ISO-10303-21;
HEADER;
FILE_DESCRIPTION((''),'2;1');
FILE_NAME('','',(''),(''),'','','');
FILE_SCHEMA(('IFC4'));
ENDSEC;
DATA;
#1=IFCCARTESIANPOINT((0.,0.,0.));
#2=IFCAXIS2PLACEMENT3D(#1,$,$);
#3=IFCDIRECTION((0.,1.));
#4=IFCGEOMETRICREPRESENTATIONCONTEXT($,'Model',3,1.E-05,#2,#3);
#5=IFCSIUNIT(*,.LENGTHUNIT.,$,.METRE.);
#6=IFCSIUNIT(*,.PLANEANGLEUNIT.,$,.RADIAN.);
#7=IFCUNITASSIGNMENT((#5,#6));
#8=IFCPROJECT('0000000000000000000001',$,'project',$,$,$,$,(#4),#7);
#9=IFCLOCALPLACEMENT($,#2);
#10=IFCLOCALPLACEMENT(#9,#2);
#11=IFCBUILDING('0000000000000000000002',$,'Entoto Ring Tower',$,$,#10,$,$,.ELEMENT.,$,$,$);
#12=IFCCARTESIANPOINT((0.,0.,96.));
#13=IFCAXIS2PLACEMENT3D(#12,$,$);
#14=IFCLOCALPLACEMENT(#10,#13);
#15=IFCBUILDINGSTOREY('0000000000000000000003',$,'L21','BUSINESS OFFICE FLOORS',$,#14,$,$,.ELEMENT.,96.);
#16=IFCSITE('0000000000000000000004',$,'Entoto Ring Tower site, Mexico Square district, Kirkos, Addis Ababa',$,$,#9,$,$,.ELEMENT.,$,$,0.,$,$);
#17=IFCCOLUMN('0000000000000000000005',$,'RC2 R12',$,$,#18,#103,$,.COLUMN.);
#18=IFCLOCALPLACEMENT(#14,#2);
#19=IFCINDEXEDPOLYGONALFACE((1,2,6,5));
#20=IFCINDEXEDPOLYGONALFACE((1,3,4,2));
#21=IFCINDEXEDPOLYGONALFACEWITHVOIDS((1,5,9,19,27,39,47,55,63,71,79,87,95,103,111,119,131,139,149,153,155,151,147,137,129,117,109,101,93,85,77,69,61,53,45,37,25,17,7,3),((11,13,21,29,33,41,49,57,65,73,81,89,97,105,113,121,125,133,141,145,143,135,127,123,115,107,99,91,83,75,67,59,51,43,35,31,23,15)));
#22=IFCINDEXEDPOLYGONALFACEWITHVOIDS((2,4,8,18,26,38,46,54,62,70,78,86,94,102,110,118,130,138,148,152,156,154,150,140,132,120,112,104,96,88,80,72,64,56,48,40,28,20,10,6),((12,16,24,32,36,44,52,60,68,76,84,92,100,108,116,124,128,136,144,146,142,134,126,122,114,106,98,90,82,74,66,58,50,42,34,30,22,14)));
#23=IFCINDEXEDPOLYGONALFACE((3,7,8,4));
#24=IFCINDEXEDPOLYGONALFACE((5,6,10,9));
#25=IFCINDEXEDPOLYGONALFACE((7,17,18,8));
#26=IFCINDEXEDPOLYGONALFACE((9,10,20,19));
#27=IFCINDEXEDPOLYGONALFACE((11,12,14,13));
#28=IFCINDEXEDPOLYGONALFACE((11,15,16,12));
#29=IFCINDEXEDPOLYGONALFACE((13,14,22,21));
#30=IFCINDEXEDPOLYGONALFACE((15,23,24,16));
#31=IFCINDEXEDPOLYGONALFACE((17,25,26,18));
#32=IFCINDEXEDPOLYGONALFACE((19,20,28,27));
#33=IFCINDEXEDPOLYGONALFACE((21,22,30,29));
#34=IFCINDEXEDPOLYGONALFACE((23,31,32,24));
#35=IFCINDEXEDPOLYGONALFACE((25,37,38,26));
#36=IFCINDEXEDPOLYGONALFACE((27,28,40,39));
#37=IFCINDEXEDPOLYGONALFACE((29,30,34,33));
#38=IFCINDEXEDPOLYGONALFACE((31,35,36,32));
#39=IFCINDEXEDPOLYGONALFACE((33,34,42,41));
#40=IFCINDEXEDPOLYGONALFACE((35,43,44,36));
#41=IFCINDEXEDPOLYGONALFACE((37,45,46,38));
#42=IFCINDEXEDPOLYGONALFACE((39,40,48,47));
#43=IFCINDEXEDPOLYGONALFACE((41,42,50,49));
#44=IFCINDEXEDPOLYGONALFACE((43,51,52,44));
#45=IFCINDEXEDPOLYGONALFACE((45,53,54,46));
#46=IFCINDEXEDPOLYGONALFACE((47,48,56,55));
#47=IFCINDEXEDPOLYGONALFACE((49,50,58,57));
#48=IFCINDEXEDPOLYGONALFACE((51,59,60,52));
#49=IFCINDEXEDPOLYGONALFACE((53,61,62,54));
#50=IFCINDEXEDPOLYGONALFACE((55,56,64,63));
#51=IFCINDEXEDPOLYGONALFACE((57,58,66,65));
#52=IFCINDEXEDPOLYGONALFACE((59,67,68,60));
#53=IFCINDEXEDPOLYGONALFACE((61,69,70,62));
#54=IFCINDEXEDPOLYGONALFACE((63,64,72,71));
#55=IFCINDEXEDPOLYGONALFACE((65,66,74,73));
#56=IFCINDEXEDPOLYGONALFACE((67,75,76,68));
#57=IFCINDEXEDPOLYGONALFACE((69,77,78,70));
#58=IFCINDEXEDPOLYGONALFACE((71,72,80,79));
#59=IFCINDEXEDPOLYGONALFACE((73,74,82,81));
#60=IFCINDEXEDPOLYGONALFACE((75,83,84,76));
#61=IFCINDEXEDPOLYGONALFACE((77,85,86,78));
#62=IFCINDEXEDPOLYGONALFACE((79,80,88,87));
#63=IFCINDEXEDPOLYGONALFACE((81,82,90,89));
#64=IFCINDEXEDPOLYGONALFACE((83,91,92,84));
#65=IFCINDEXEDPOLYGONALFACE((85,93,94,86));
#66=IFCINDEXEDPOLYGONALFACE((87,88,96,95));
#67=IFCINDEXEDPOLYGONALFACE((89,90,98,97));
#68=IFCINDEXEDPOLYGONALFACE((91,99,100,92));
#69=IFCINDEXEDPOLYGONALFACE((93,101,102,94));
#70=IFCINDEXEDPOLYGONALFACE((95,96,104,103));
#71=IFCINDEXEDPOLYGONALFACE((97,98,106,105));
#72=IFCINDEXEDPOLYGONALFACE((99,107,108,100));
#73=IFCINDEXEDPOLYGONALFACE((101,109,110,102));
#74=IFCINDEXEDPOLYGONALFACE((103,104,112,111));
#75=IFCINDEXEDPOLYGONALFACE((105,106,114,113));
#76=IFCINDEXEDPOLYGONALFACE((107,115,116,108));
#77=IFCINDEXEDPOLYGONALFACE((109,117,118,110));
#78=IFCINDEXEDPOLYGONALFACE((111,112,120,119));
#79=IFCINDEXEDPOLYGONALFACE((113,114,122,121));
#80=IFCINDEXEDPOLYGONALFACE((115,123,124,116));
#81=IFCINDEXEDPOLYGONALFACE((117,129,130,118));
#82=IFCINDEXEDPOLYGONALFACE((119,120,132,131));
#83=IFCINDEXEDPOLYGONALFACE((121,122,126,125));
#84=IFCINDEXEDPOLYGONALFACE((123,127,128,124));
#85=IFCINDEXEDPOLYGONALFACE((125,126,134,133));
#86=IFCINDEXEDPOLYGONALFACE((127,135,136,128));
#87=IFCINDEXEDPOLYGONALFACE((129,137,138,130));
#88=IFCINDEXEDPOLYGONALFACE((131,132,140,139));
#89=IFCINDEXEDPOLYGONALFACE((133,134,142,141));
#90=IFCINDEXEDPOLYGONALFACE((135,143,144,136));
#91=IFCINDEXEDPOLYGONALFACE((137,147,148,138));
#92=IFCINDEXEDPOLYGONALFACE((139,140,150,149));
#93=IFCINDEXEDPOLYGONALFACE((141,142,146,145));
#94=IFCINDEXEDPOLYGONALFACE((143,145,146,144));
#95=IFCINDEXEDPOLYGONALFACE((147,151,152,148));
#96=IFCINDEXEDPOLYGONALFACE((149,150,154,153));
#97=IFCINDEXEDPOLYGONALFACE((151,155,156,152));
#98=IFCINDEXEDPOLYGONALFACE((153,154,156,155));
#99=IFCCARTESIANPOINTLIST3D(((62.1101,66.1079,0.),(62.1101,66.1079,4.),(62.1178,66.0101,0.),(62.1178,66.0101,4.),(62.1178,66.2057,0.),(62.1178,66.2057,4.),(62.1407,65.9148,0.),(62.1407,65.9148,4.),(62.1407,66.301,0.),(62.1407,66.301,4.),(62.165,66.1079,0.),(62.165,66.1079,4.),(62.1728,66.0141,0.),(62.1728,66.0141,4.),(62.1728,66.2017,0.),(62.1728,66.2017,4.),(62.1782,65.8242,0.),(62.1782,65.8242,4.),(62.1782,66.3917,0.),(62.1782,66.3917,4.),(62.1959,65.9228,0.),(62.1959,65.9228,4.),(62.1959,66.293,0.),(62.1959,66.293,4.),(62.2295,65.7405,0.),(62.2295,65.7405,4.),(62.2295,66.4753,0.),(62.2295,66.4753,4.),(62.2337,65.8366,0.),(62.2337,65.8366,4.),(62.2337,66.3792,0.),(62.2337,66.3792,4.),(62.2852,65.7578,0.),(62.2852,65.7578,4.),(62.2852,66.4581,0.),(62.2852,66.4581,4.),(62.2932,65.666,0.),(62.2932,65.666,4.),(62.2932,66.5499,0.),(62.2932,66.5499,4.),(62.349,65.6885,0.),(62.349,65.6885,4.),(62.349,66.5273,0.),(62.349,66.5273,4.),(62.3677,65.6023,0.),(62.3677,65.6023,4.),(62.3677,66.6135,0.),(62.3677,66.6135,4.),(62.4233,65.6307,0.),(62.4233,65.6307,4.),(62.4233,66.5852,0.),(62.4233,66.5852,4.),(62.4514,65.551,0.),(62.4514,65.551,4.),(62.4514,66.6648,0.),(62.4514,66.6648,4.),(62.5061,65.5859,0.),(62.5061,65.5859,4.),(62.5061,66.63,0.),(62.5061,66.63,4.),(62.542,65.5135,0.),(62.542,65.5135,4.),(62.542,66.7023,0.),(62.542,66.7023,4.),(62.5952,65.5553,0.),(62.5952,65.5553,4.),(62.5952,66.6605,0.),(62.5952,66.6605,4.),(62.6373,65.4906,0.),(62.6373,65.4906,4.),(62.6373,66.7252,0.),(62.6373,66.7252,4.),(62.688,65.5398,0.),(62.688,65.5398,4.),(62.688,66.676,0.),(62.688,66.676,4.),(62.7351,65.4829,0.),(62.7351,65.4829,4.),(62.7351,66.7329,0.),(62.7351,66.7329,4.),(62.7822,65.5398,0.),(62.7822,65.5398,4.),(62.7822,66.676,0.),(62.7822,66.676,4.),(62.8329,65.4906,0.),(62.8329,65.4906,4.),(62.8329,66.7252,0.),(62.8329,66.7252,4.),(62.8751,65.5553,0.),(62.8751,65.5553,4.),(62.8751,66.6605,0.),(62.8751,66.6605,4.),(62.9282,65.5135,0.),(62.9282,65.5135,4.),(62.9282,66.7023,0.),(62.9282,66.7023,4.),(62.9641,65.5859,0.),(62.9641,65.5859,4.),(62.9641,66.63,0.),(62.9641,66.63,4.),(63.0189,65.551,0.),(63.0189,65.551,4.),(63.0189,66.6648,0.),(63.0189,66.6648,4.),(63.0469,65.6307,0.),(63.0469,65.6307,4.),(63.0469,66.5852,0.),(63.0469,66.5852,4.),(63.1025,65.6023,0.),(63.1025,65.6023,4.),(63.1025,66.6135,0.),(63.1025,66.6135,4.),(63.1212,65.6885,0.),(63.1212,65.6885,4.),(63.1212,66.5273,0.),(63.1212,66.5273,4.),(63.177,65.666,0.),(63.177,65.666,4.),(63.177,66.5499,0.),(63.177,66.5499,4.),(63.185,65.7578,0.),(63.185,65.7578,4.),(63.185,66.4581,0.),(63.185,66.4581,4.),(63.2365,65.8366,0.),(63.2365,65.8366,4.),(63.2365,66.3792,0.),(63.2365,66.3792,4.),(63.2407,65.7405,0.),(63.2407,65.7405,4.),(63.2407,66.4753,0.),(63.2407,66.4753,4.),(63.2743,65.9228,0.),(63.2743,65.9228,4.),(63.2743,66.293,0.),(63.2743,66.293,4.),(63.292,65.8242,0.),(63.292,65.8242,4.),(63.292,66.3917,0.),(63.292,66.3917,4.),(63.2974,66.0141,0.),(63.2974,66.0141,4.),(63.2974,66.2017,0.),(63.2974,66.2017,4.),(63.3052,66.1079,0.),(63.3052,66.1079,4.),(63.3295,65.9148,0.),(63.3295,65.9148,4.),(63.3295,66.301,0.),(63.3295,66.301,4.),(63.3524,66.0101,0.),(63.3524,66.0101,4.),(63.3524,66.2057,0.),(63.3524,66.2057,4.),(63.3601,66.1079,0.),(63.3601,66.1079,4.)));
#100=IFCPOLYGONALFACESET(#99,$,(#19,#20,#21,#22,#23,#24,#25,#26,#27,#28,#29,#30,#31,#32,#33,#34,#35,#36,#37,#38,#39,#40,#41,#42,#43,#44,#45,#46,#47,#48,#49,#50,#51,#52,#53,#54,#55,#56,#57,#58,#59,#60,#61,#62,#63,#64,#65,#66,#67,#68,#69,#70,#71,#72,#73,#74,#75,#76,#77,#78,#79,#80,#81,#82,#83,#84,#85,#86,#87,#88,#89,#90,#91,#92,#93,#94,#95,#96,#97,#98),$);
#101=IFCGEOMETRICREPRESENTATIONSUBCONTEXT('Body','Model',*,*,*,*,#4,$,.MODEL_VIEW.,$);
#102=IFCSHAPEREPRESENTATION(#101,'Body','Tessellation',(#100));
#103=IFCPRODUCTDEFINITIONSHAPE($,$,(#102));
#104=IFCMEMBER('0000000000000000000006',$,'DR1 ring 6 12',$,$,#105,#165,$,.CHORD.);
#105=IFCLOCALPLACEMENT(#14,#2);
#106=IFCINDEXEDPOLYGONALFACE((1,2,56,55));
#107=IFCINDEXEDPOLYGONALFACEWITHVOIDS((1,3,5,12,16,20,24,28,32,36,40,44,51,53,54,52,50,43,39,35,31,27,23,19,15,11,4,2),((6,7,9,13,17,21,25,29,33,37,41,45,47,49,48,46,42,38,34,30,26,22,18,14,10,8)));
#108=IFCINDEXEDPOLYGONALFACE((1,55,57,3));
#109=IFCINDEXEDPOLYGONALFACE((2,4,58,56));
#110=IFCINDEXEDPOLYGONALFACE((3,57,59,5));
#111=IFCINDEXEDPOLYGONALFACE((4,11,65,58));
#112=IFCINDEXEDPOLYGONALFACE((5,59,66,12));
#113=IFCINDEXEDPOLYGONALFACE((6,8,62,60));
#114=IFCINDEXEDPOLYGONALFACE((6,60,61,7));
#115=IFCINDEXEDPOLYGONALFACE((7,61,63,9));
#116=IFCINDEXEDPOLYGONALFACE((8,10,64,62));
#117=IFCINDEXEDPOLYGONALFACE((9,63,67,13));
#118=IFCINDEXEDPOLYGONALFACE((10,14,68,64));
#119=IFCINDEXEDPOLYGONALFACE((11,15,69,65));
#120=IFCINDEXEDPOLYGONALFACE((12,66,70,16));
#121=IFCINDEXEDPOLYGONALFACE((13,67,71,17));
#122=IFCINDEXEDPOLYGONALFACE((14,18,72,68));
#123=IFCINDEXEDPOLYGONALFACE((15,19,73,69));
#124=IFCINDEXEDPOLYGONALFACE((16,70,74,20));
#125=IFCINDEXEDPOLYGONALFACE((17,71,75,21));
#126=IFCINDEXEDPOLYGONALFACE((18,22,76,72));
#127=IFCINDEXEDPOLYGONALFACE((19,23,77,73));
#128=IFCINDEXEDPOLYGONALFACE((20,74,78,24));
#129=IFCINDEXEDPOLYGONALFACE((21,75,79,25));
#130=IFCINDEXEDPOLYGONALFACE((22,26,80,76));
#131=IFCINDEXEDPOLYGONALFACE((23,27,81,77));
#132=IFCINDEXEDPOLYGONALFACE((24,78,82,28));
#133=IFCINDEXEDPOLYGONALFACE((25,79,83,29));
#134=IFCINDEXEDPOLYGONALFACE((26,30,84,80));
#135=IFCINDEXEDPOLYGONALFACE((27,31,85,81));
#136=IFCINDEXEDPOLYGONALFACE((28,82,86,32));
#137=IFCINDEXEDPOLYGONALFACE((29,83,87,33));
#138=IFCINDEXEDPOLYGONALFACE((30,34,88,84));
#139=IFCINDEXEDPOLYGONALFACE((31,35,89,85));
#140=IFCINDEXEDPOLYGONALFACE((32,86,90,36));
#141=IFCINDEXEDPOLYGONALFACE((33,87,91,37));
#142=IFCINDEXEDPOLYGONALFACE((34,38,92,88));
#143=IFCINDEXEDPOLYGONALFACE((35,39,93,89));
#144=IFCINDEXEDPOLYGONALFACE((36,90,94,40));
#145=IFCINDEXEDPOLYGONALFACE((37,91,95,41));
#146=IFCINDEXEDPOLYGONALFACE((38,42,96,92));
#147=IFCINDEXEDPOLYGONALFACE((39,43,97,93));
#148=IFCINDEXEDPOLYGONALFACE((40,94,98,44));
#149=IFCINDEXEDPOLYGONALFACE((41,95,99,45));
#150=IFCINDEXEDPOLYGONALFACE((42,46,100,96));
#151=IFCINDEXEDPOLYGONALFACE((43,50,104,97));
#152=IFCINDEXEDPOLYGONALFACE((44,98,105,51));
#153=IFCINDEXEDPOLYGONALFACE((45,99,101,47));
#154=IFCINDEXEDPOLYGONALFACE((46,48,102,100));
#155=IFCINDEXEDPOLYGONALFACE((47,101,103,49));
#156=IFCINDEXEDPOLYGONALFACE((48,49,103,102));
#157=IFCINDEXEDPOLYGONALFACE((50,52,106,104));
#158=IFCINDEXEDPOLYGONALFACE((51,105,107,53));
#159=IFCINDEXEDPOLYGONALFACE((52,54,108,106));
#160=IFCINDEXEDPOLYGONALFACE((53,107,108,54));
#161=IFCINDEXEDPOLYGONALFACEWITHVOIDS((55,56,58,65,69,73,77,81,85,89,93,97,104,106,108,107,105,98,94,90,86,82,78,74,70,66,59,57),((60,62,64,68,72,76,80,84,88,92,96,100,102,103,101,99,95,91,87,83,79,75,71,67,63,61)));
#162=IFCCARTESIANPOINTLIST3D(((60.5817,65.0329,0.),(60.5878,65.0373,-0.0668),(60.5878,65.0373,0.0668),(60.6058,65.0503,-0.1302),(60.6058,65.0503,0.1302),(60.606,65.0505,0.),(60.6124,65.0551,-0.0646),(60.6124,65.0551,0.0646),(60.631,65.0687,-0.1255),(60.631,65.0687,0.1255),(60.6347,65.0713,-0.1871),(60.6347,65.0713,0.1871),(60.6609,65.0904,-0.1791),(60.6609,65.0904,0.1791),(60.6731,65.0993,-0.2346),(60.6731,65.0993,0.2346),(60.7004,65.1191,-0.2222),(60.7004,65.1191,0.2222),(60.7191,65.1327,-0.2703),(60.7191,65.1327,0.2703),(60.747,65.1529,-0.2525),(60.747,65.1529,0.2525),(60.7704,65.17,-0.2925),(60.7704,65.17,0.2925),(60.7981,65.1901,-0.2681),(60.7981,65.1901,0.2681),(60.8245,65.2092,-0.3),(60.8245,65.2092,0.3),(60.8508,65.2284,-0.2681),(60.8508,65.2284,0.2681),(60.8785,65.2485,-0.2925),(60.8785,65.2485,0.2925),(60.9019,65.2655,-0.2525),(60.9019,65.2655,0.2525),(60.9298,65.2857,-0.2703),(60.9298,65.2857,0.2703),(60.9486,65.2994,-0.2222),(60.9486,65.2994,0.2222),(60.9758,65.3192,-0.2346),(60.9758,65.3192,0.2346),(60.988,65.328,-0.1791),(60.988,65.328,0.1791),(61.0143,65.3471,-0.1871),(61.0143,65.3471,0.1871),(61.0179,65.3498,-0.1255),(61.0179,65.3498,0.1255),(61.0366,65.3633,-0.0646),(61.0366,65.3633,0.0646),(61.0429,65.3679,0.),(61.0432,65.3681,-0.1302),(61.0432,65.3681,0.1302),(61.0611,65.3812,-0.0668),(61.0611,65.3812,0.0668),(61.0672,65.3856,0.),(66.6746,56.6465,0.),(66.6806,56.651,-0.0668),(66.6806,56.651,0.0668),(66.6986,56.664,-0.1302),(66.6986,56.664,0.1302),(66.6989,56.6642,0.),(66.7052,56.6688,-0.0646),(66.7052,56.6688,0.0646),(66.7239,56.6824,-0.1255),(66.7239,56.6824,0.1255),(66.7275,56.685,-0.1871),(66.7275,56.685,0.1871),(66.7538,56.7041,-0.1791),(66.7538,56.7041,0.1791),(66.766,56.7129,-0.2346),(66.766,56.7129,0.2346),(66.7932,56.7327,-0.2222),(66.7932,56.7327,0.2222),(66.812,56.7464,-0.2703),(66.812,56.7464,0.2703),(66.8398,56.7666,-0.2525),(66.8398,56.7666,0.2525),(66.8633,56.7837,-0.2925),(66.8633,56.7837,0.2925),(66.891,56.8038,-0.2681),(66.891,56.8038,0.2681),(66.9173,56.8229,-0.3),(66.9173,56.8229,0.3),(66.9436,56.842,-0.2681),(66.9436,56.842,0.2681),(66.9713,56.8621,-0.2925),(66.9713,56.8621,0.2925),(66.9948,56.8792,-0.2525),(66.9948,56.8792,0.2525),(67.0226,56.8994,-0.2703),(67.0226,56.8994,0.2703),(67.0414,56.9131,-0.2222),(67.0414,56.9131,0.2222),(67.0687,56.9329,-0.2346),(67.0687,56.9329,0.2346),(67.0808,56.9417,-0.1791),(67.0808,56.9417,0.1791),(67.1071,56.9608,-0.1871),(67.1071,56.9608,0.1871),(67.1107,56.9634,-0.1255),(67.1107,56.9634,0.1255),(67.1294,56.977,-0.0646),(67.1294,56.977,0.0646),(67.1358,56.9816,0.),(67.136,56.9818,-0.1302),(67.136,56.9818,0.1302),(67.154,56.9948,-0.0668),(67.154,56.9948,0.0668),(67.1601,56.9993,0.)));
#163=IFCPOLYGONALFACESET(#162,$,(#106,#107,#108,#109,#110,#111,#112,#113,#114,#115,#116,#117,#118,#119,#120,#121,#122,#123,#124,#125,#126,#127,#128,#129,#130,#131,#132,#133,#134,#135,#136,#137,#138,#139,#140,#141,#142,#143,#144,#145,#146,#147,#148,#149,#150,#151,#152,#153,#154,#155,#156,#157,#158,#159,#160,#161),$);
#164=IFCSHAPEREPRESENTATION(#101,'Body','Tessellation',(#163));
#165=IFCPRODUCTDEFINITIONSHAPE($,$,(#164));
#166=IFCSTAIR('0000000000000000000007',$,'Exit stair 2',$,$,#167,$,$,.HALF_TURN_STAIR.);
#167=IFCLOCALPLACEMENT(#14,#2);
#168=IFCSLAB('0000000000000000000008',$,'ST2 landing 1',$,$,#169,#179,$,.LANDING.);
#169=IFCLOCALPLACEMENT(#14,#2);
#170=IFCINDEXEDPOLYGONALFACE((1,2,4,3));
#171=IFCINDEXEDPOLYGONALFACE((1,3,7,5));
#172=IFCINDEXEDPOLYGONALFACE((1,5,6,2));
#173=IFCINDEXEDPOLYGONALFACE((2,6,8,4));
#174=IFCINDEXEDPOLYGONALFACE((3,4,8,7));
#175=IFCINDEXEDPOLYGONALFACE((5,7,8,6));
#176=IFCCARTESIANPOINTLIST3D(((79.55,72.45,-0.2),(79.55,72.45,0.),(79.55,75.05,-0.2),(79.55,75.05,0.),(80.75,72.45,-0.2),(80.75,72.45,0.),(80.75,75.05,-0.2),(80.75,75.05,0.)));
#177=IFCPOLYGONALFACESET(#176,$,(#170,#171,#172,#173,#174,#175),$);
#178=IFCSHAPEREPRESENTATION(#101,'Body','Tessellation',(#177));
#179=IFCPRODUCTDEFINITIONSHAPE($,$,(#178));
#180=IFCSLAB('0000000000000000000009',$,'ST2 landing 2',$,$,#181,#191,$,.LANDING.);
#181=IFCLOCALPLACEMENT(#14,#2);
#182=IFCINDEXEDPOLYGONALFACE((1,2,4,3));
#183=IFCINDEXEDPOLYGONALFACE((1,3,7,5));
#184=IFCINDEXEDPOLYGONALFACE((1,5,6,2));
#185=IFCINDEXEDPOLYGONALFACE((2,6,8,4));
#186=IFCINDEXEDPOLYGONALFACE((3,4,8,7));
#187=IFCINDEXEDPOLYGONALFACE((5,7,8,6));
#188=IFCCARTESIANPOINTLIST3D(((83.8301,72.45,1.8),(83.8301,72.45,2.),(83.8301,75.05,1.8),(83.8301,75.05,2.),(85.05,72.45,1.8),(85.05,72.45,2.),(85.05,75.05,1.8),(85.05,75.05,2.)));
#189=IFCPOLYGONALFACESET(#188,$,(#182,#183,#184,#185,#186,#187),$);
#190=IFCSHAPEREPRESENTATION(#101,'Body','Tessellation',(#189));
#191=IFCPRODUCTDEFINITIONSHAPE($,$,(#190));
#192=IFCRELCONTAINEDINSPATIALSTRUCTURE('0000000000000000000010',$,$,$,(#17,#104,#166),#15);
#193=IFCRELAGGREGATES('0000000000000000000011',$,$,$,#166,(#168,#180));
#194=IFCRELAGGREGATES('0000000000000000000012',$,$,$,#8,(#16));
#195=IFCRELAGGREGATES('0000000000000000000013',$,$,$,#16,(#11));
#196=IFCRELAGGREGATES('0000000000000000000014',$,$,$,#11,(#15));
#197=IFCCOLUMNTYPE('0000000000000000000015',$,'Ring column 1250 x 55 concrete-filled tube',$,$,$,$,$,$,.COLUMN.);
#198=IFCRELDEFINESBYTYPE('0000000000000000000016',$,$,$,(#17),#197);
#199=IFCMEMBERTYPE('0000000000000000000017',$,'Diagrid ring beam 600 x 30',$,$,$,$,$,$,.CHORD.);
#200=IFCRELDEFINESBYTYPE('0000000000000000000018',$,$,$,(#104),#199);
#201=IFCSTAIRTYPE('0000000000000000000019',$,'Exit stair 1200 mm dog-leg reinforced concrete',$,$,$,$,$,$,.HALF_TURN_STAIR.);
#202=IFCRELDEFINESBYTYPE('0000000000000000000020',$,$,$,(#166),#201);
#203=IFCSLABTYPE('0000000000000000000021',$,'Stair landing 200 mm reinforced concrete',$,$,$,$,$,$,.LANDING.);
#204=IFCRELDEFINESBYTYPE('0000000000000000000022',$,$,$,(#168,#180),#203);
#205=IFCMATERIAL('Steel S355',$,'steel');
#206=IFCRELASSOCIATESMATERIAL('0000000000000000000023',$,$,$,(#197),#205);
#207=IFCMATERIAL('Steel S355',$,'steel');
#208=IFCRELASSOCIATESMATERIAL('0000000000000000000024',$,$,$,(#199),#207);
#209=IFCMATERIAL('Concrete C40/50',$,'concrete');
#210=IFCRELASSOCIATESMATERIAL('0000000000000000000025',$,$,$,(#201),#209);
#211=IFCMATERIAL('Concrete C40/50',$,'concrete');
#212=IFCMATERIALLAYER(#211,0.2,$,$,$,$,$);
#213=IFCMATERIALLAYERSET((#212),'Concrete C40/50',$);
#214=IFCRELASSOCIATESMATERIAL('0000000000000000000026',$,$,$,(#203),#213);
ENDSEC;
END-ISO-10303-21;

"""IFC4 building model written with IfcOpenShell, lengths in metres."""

from ifc_helpers import new_model, si_unit, direction, frame, origin, origin_2d, place, context, subcontext, project, spatial, polyline, circle, hollow_circle, outline, extrude, material, layer, layer_set, material_profile, profile_set, type_object, element, aggregate, save


model = new_model("IFC4")

# Units and contexts
model_context = context("Model", 3, precision=1e-05, world=origin(), true_north=direction((0.0, 1.0)))
body_context = subcontext(model_context, "Body", "Model", "MODEL_VIEW")
ifc_project = project(units=[si_unit("LENGTHUNIT", "METRE"), si_unit("PLANEANGLEUNIT", "RADIAN")], contexts=[model_context])

# Site, building, storey
site_placement = place(None, origin())
site = spatial("IfcSite", under=ifc_project, at=site_placement, Name="Entoto Ring Tower site, Mexico Square district, Kirkos, Addis Ababa", CompositionType="ELEMENT", RefElevation=0.0)
building_placement = place(site_placement, origin())
building = spatial("IfcBuilding", under=site, at=building_placement, Name="Entoto Ring Tower", CompositionType="ELEMENT")
storey_placement = place(building_placement, frame((0.0, 0.0, 96.0)))
storey = spatial("IfcBuildingStorey", under=building, at=storey_placement, Name="L21", Description="BUSINESS OFFICE FLOORS", CompositionType="ELEMENT", Elevation=96.0)

# Column
ifc_material_1 = material(Name="Steel S355", Category="steel")
ifc_material_profile_1 = material_profile(ifc_material_1, hollow_circle(Radius=0.625, WallThickness=0.0549, at=origin_2d()), Name="CHS 1250 x 55")
ifc_material_2 = material(Name="Concrete C60/75", Category="concrete")
ifc_material_profile_2 = material_profile(ifc_material_2, circle(Radius=0.5701, at=origin_2d()), Name="Concrete C60/75 infill")
ifc_profile_set_1 = profile_set([ifc_material_profile_1, ifc_material_profile_2], Name="Steel S355")
column_type = type_object("IfcColumnType", Name="Ring column 1250 x 55 concrete-filled tube", PredefinedType="COLUMN", material=ifc_profile_set_1)
column_placement = place(storey_placement, frame((62.7351, 66.1079, 0.0), z_axis=(0.0, 0.0, 1.0), x_axis=(1.0, 0.0, 0.0)))
element("IfcColumn", 1, at=column_placement, inside=storey, type_object=column_type, Name="RC2 R12", PredefinedType="COLUMN", context=body_context, shape_type="SweptSolid", body=[
    extrude(hollow_circle(Radius=0.625, WallThickness=0.0549, at=origin_2d()), origin(), (0.0, 0.0, 1.0), 4.0),
])

# Member
ifc_material_3 = material(Name="Steel S355", Category="steel")
ifc_material_profile_3 = material_profile(ifc_material_3, hollow_circle(Radius=0.3, WallThickness=0.03, at=origin_2d()), Name="CHS 600 x 30")
ifc_material_4 = material(Name="Concrete C60/75", Category="concrete")
ifc_material_profile_4 = material_profile(ifc_material_4, circle(Radius=0.27, at=origin_2d()), Name="Concrete C60/75 infill")
ifc_profile_set_2 = profile_set([ifc_material_profile_3, ifc_material_profile_4], Name="Steel S355")
member_type = type_object("IfcMemberType", Name="Diagrid ring beam 600 x 30", PredefinedType="CHORD", material=ifc_profile_set_2)
member_placement = place(storey_placement, frame((60.8245, 65.2092, 0.0), z_axis=(0.587774, -0.809025, 0.0), x_axis=(0.809025, 0.587774, 0.0)))
element("IfcMember", 2, at=member_placement, inside=storey, type_object=member_type, Name="DR1 ring 6 12", PredefinedType="CHORD", context=body_context, shape_type="SweptSolid", body=[
    extrude(hollow_circle(Radius=0.3, WallThickness=0.03, at=origin_2d()), origin(), (0.0, 0.0, 1.0), 10.366),
])

# Stair, slabs
ifc_material_5 = material(Name="Concrete C40/50", Category="concrete")
stair_type = type_object("IfcStairType", Name="Exit stair 1200 mm dog-leg reinforced concrete", PredefinedType="HALF_TURN_STAIR", material=ifc_material_5)
stair_1_placement = place(storey_placement, origin())
stair_1 = element("IfcStair", 3, at=stair_1_placement, inside=storey, type_object=stair_type, Name="Exit stair 2", PredefinedType="HALF_TURN_STAIR")
ifc_material_6 = material(Name="Concrete C40/50", Category="concrete")
ifc_layer_1 = layer(ifc_material_6, 0.2)
ifc_layer_set_1 = layer_set([ifc_layer_1], Name="Concrete C40/50")
slab_type_1 = type_object("IfcSlabType", Name="Stair landing 200 mm reinforced concrete", PredefinedType="LANDING", material=ifc_layer_set_1)
slab_1_placement = place(storey_placement, frame((0.0, 0.0, -0.2)))
slab_1 = element("IfcSlab", 4, at=slab_1_placement, type_object=slab_type_1, Name="ST2 landing 1", PredefinedType="LANDING", context=body_context, shape_type="SweptSolid", body=[
    extrude(outline(polyline([(80.75, 72.45), (80.75, 75.05), (79.55, 75.05), (79.55, 72.45), (80.75, 72.45)])), origin(), (0.0, 0.0, 1.0), 0.2),
])
slab_2_placement = place(storey_placement, frame((0.0, 0.0, 1.8)))
slab_2 = element("IfcSlab", 5, at=slab_2_placement, type_object=slab_type_1, Name="ST2 landing 2", PredefinedType="LANDING", context=body_context, shape_type="SweptSolid", body=[
    extrude(outline(polyline([(83.8301, 72.45), (85.05, 72.45), (85.05, 75.05), (83.8301, 75.05), (83.8301, 72.45)])), origin(), (0.0, 0.0, 1.0), 0.2),
])
aggregate(stair_1, [slab_1, slab_2])

save(model, "model.ifc")
